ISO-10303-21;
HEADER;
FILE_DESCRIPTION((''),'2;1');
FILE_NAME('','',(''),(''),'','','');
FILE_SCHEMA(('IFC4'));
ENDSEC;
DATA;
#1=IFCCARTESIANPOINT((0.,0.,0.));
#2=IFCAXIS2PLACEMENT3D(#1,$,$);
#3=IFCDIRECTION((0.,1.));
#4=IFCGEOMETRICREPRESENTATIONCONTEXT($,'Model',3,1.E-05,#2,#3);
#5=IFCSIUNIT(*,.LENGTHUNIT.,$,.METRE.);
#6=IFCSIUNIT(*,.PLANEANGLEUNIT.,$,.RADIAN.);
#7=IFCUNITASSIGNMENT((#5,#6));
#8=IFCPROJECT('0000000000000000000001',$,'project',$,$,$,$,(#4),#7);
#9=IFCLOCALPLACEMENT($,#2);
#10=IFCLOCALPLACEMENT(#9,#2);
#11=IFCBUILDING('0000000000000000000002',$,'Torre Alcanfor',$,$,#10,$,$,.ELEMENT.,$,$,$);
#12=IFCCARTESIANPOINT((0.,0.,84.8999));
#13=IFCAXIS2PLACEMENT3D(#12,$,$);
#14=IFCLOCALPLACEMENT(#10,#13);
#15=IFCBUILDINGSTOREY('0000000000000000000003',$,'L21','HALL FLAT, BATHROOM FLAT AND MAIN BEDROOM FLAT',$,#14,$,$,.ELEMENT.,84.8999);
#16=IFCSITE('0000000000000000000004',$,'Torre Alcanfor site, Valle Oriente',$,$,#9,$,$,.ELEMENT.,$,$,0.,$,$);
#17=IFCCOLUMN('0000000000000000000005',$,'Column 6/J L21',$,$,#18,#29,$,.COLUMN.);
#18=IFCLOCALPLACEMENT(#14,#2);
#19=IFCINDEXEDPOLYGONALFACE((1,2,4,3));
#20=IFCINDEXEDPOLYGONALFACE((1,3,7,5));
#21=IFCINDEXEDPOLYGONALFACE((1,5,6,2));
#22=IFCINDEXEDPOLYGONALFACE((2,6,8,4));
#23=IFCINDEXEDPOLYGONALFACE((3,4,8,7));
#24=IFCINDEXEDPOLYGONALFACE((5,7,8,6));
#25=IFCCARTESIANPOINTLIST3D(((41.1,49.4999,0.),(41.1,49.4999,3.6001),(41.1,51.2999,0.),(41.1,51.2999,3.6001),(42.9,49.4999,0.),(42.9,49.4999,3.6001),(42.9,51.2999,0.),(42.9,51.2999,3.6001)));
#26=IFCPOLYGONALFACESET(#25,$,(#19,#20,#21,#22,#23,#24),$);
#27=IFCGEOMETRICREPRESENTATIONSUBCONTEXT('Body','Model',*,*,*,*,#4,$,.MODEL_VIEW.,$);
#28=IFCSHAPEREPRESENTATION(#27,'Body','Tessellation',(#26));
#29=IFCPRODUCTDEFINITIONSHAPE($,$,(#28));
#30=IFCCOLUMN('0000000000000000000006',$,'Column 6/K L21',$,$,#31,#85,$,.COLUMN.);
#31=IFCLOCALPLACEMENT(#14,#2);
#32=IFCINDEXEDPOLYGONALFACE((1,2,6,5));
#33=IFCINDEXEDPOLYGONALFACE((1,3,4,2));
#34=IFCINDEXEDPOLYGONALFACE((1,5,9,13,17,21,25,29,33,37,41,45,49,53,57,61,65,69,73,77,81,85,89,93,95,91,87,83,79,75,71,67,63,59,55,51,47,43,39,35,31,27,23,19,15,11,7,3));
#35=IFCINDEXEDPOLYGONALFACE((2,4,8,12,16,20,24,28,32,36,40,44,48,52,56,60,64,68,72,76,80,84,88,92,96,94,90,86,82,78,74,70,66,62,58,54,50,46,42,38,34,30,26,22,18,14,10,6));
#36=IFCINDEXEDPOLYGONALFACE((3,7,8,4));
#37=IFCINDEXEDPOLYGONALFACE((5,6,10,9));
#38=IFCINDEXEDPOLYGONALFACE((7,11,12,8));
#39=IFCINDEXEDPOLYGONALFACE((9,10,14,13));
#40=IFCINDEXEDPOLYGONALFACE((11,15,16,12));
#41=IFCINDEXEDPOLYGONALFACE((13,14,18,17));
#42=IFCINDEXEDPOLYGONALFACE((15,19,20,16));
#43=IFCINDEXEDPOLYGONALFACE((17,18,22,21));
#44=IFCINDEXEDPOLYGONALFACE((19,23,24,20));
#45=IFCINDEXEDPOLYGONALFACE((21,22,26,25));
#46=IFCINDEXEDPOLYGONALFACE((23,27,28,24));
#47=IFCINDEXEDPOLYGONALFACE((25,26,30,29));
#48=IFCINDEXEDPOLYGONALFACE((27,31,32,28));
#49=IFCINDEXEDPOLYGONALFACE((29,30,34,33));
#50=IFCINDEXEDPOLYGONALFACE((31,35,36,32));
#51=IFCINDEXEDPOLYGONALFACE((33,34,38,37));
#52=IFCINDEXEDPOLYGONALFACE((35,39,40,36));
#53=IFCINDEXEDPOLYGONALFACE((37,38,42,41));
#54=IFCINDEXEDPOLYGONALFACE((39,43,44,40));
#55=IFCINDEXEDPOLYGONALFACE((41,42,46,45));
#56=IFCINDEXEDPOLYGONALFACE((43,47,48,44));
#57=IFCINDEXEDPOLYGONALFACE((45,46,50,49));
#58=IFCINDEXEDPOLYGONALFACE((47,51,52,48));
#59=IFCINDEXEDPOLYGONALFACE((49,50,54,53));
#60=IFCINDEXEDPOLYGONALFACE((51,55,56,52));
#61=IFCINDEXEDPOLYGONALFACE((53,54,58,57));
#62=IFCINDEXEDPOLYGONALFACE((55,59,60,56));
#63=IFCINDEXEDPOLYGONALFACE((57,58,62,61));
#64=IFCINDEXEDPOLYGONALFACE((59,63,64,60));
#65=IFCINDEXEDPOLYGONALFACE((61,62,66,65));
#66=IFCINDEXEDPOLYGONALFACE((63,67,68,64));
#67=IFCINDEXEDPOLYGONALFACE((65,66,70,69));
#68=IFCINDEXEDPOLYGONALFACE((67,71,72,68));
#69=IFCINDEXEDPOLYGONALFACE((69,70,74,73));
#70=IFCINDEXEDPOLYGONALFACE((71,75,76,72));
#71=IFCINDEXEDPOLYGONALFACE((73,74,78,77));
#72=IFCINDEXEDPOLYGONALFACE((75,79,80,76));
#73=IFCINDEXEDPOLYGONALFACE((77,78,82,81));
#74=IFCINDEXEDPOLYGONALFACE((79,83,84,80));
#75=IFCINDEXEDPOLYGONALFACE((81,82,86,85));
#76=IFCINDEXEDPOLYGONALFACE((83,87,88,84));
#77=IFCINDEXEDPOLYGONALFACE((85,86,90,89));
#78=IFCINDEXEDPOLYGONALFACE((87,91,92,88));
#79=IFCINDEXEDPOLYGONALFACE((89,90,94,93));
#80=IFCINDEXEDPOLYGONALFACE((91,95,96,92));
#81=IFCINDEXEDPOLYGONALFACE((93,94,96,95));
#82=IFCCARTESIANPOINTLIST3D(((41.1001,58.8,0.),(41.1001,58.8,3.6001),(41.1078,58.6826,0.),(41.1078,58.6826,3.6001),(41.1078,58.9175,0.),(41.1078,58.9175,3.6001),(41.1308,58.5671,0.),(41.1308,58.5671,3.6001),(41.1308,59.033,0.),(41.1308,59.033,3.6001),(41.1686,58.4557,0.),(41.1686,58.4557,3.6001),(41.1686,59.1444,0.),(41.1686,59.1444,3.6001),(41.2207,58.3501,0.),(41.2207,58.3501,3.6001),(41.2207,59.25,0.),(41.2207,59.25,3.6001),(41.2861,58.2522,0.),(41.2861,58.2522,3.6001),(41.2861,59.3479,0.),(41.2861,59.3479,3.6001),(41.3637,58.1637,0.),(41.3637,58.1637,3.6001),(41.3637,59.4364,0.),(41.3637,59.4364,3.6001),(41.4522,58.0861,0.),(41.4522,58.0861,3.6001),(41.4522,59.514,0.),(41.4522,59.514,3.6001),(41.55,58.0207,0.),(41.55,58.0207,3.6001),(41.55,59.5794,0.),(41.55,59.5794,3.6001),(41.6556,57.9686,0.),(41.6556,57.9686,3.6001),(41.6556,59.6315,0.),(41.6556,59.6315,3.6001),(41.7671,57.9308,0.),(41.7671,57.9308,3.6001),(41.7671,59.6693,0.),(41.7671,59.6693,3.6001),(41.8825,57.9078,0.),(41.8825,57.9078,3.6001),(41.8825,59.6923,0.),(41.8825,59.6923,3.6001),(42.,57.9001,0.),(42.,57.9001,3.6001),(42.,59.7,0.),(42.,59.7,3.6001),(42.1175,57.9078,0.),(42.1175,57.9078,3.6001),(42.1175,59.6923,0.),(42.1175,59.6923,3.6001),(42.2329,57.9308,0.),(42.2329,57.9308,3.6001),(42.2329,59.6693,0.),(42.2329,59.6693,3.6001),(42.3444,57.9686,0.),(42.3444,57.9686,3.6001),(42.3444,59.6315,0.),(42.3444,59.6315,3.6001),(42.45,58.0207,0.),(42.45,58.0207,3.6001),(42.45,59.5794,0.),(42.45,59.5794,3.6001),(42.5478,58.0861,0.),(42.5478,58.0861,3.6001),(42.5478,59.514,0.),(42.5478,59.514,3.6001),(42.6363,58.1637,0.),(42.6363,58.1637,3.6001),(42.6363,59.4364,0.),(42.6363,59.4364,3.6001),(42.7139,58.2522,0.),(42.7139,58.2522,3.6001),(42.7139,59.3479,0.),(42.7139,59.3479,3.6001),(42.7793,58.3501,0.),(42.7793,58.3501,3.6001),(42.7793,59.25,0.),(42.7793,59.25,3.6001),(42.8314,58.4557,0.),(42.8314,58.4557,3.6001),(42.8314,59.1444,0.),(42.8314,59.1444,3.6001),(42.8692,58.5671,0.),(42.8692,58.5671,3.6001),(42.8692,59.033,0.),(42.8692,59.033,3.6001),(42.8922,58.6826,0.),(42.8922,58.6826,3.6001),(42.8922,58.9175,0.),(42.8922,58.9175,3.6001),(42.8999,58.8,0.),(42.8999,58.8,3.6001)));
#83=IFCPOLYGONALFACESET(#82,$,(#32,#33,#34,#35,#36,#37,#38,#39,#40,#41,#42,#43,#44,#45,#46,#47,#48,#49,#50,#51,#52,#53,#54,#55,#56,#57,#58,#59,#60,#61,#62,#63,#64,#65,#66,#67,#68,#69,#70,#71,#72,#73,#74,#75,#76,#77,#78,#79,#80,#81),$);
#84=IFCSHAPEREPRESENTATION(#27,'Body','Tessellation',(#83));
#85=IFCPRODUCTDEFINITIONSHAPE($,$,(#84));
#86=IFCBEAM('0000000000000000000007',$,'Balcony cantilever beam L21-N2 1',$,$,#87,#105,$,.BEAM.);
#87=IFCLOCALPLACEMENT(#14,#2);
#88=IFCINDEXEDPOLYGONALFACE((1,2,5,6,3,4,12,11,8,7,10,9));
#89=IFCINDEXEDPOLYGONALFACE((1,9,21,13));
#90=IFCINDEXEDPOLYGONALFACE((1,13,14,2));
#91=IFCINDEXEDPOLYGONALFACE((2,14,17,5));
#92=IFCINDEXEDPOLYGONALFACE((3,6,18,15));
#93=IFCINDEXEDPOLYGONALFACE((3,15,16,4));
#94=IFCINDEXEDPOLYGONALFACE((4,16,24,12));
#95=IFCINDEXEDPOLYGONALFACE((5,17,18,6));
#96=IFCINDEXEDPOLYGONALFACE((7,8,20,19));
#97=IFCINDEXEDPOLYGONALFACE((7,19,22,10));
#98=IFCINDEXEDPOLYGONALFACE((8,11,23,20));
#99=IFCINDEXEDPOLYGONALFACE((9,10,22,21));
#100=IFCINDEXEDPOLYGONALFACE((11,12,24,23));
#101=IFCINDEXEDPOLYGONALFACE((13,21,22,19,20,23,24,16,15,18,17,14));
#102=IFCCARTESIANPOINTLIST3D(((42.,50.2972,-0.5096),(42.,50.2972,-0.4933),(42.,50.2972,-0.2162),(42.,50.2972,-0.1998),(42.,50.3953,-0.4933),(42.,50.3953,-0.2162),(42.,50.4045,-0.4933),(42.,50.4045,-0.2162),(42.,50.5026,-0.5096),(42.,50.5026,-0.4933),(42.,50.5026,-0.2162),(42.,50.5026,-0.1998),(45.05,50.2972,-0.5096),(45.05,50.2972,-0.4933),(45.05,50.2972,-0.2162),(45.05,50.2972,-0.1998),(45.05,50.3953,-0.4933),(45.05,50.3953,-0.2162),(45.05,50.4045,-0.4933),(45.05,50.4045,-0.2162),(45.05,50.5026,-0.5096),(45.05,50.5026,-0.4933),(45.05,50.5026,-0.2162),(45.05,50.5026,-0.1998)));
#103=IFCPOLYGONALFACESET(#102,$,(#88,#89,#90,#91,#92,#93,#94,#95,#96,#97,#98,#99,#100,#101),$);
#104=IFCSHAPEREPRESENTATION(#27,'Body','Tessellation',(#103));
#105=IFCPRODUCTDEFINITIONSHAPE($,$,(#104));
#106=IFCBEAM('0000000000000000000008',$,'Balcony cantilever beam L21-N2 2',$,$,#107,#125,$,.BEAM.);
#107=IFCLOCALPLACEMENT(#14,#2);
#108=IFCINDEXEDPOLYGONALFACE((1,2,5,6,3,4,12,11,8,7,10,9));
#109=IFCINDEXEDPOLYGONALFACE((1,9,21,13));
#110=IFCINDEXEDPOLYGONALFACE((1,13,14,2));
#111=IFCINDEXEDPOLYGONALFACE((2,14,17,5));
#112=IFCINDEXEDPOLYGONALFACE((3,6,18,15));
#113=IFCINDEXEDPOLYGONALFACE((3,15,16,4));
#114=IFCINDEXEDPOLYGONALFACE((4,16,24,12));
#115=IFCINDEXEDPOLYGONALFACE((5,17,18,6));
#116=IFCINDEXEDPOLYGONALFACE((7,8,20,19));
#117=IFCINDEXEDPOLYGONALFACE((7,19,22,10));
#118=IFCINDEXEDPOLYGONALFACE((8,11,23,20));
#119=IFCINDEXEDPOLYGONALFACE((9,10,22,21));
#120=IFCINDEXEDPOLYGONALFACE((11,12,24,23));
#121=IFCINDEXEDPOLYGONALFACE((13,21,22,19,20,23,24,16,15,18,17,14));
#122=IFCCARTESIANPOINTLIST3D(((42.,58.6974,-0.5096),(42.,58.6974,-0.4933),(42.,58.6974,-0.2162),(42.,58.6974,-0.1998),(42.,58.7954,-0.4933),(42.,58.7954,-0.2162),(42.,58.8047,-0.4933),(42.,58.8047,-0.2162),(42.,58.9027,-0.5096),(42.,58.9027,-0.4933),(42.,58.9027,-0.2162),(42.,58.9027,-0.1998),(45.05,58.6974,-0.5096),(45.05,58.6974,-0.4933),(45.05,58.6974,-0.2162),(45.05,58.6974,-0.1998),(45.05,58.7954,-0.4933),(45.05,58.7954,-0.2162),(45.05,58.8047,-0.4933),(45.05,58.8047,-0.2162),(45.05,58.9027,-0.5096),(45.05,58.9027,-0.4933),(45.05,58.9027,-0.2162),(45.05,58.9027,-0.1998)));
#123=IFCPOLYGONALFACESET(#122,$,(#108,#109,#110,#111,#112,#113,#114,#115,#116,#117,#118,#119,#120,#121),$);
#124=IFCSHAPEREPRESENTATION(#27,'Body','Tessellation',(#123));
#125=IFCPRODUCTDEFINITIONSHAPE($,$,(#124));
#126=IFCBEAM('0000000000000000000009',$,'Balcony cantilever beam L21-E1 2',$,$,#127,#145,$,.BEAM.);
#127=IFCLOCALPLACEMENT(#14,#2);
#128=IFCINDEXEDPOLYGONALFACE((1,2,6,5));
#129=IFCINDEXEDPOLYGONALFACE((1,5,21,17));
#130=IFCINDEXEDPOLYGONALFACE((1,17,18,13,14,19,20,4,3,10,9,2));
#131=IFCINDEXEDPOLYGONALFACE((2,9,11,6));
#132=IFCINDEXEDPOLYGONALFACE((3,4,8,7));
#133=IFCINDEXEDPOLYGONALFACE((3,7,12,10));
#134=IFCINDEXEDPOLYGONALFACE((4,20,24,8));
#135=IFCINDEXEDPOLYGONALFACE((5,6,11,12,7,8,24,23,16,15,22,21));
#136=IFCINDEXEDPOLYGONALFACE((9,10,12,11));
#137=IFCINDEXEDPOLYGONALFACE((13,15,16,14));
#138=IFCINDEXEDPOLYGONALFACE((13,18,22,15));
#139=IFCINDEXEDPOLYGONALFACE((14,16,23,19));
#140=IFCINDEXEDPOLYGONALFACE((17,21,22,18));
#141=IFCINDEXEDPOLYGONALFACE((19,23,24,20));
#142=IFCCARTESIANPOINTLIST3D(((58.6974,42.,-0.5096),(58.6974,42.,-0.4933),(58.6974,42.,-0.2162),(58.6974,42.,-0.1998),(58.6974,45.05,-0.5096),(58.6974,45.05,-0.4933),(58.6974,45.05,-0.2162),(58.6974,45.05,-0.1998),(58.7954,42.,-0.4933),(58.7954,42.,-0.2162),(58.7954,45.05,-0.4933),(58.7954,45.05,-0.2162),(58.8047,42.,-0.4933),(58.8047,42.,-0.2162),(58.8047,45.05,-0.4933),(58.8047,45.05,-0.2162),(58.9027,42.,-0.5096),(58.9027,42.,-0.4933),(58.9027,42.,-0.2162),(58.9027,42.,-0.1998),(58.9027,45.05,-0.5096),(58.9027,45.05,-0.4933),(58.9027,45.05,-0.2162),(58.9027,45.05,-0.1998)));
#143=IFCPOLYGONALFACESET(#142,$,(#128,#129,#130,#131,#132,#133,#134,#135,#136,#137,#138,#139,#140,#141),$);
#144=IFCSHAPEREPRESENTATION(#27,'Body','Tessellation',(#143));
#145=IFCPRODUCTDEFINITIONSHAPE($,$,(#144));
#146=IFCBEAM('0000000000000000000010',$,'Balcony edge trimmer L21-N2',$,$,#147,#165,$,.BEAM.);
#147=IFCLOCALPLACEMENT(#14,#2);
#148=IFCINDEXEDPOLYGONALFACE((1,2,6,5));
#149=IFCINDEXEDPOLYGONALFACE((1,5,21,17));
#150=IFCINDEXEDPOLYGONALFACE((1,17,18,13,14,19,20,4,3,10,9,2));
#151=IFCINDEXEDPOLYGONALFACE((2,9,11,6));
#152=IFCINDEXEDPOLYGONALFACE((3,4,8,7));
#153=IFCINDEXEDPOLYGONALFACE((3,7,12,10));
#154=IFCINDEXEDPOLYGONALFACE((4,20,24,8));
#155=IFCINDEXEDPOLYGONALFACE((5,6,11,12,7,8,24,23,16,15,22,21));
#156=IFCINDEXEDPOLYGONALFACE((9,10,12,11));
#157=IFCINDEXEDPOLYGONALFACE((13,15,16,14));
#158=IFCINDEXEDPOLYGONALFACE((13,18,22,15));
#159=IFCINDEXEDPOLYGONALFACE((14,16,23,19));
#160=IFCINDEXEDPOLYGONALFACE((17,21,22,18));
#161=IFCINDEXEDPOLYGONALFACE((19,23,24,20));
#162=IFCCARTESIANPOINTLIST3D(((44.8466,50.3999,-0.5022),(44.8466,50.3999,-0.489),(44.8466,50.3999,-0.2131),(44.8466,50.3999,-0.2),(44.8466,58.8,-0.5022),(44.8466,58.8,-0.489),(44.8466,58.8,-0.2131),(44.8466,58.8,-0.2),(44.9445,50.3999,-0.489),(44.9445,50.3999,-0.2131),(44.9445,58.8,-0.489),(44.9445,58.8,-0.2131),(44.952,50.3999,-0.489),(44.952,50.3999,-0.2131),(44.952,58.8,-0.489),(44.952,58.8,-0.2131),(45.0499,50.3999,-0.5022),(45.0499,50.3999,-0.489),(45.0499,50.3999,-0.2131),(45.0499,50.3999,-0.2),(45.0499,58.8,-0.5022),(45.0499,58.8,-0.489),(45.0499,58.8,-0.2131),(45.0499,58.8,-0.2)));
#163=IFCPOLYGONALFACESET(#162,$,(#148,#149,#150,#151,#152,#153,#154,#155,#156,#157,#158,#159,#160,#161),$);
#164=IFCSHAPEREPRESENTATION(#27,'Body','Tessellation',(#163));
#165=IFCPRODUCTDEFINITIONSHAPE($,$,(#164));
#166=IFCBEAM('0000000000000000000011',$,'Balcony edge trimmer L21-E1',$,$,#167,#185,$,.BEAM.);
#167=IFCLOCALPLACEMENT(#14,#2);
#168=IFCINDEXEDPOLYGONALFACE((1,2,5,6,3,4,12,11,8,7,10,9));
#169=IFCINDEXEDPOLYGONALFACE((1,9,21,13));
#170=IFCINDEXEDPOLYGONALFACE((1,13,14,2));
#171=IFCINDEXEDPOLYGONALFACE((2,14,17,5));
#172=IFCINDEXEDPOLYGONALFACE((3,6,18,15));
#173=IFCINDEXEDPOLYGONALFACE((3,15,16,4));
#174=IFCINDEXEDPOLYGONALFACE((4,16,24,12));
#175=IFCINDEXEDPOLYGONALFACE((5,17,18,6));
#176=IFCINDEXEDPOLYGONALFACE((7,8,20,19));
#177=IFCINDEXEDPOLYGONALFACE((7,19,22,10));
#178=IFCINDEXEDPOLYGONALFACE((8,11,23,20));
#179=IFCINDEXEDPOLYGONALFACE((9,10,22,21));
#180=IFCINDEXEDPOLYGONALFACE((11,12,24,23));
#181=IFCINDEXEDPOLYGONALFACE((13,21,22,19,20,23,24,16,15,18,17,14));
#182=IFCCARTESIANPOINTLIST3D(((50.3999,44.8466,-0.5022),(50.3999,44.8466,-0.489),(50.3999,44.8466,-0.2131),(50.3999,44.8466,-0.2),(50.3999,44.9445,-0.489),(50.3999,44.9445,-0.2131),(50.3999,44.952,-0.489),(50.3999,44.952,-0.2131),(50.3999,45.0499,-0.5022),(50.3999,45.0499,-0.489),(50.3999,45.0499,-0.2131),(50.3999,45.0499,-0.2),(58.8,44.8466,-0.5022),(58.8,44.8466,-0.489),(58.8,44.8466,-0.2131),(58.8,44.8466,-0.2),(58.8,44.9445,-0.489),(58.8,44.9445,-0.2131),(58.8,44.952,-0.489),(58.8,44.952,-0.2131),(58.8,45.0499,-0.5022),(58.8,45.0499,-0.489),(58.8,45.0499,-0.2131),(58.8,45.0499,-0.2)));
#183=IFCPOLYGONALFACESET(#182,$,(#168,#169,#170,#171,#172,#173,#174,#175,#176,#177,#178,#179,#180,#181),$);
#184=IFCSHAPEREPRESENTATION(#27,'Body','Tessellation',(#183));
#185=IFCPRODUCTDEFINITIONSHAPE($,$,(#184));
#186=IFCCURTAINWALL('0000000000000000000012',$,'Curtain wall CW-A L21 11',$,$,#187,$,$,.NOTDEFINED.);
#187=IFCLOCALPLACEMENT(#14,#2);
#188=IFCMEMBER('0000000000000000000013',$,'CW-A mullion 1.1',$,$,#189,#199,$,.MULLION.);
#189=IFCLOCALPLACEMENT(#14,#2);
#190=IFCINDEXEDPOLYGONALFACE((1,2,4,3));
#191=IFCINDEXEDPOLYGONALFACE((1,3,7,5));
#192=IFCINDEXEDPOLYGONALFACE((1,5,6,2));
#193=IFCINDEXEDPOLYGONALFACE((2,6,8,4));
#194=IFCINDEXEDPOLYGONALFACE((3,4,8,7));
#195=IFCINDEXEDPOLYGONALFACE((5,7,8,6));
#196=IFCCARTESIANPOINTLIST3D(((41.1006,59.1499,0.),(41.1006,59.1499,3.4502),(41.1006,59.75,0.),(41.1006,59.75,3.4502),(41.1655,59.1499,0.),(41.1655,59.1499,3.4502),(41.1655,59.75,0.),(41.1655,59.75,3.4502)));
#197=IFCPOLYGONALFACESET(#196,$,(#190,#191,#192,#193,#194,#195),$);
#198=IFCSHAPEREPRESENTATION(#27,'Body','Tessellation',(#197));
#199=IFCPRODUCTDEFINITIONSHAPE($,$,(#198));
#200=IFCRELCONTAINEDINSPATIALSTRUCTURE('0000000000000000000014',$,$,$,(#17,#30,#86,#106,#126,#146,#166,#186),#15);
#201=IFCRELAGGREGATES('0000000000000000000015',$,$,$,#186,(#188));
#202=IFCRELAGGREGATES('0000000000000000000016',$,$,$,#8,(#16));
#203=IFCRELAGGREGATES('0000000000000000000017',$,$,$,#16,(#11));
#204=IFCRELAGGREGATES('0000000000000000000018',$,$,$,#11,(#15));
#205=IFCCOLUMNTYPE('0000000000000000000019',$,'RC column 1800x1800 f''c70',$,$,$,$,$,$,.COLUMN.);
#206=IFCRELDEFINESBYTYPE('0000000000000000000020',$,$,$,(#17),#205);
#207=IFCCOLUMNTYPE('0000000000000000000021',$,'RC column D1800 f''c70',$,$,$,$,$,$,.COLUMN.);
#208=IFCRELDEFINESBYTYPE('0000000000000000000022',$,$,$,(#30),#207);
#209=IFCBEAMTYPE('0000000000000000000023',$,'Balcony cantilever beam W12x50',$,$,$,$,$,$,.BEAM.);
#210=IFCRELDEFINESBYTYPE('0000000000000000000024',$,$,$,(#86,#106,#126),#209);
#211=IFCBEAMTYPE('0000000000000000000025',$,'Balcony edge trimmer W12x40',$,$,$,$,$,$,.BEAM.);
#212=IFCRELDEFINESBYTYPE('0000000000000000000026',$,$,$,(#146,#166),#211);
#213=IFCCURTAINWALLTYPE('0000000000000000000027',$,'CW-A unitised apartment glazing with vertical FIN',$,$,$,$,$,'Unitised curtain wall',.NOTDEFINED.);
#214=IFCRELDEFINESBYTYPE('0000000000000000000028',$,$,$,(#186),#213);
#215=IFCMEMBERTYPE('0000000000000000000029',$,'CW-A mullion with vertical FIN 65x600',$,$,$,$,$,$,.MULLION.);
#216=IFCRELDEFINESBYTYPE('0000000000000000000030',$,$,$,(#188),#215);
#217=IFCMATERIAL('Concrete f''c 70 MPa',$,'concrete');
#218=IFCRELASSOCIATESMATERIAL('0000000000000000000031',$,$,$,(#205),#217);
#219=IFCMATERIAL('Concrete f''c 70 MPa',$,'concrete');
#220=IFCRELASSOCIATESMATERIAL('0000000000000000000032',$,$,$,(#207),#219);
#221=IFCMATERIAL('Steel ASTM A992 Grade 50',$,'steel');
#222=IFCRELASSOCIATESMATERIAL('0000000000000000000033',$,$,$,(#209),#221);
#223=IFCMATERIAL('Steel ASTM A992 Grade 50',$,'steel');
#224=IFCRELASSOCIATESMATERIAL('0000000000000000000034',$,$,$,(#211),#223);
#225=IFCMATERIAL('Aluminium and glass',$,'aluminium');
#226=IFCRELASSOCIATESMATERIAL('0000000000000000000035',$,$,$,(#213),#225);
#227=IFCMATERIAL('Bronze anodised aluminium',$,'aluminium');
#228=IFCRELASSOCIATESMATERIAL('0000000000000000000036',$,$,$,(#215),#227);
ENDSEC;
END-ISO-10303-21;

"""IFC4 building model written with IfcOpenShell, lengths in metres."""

from ifc_helpers import new_model, si_unit, direction, frame, origin, origin_2d, place, context, subcontext, project, spatial, rectangle, circle, i_section, extrude, material, material_profile, profile_set, type_object, element, aggregate, save


model = new_model("IFC4")

# Units and contexts
model_context = context("Model", 3, precision=1e-05, world=origin(), true_north=direction((0.0, 1.0)))
body_context = subcontext(model_context, "Body", "Model", "MODEL_VIEW")
ifc_project = project(units=[si_unit("LENGTHUNIT", "METRE"), si_unit("PLANEANGLEUNIT", "RADIAN")], contexts=[model_context])

# Site, building, storey
site_placement = place(None, origin())
site = spatial("IfcSite", under=ifc_project, at=site_placement, Name="Torre Alcanfor site, Valle Oriente", CompositionType="ELEMENT", RefElevation=0.0)
building_placement = place(site_placement, origin())
building = spatial("IfcBuilding", under=site, at=building_placement, Name="Torre Alcanfor", CompositionType="ELEMENT")
storey_placement = place(building_placement, frame((0.0, 0.0, 84.8999)))
storey = spatial("IfcBuildingStorey", under=building, at=storey_placement, Name="L21", Description="HALL FLAT, BATHROOM FLAT AND MAIN BEDROOM FLAT", CompositionType="ELEMENT", Elevation=84.8999)

# Columns
ifc_material_1 = material(Name="Concrete f'c 70 MPa", Category="concrete")
ifc_material_profile_1 = material_profile(ifc_material_1, rectangle(XDim=1.8, YDim=1.8, at=origin_2d()), Name="1800x1800")
ifc_profile_set_1 = profile_set([ifc_material_profile_1], Name="Concrete f'c 70 MPa")
column_type_1 = type_object("IfcColumnType", Name="RC column 1800x1800 f'c70", PredefinedType="COLUMN", material=ifc_profile_set_1)
column_1_placement = place(storey_placement, frame((42.0, 50.3999, 0.0), z_axis=(0.0, 0.0, 1.0), x_axis=(1.0, 0.0, 0.0)))
element("IfcColumn", 1, at=column_1_placement, inside=storey, type_object=column_type_1, Name="Column 6/J L21", PredefinedType="COLUMN", context=body_context, shape_type="SweptSolid", body=[
    extrude(rectangle(XDim=1.8, YDim=1.8, at=origin_2d()), origin(), (0.0, 0.0, 1.0), 3.6001),
])
ifc_material_2 = material(Name="Concrete f'c 70 MPa", Category="concrete")
ifc_material_profile_2 = material_profile(ifc_material_2, circle(Radius=0.8999, at=origin_2d()), Name="D1800")
ifc_profile_set_2 = profile_set([ifc_material_profile_2], Name="Concrete f'c 70 MPa")
column_type_2 = type_object("IfcColumnType", Name="RC column D1800 f'c70", PredefinedType="COLUMN", material=ifc_profile_set_2)
column_2_placement = place(storey_placement, frame((42.0, 58.8, 0.0), z_axis=(0.0, 0.0, 1.0), x_axis=(1.0, 0.0, 0.0)))
element("IfcColumn", 2, at=column_2_placement, inside=storey, type_object=column_type_2, Name="Column 6/K L21", PredefinedType="COLUMN", context=body_context, shape_type="SweptSolid", body=[
    extrude(circle(Radius=0.8999, at=origin_2d()), origin(), (0.0, 0.0, 1.0), 3.6001),
])

# Beams
ifc_material_3 = material(Name="Steel ASTM A992 Grade 50", Category="steel")
ifc_material_profile_3 = material_profile(ifc_material_3, i_section(OverallWidth=0.2053, OverallDepth=0.3098, WebThickness=0.0093, FlangeThickness=0.0164, at=origin_2d()), Name="W12x50")
ifc_profile_set_3 = profile_set([ifc_material_profile_3], Name="Steel ASTM A992 Grade 50")
beam_type_1 = type_object("IfcBeamType", Name="Balcony cantilever beam W12x50", PredefinedType="BEAM", material=ifc_profile_set_3)
for number, where, z_axis, x_axis, name in (
    (3, (42.0, 50.3999, -0.3547), (1.0, 0.0, 0.0), (0.0, 1.0, 0.0), "Balcony cantilever beam L21-N2 1"),
    (4, (42.0, 58.8, -0.3547), (1.0, 0.0, 0.0), (0.0, 1.0, 0.0), "Balcony cantilever beam L21-N2 2"),
    (5, (58.8, 42.0, -0.3547), (0.0, 1.0, 0.0), (-1.0, 0.0, 0.0), "Balcony cantilever beam L21-E1 2"),
):
    element("IfcBeam", number, at=place(storey_placement, frame(where, z_axis=z_axis, x_axis=x_axis)), inside=storey, type_object=beam_type_1, Name=name, PredefinedType="BEAM", context=body_context, shape_type="SweptSolid", body=[
        extrude(i_section(OverallWidth=0.2053, OverallDepth=0.3098, WebThickness=0.0093, FlangeThickness=0.0164, at=origin_2d()), origin(), (0.0, 0.0, 1.0), 3.05),
    ])
ifc_material_4 = material(Name="Steel ASTM A992 Grade 50", Category="steel")
ifc_material_profile_4 = material_profile(ifc_material_4, i_section(OverallWidth=0.2034, OverallDepth=0.3022, WebThickness=0.0076, FlangeThickness=0.0132, at=origin_2d()), Name="W12x40")
ifc_profile_set_4 = profile_set([ifc_material_profile_4], Name="Steel ASTM A992 Grade 50")
beam_type_2 = type_object("IfcBeamType", Name="Balcony edge trimmer W12x40", PredefinedType="BEAM", material=ifc_profile_set_4)
for number, where, z_axis, x_axis, name in (
    (6, (44.9482, 50.3999, -0.3511), (0.0, 1.0, 0.0), (-1.0, 0.0, 0.0), "Balcony edge trimmer L21-N2"),
    (7, (50.3999, 44.9482, -0.3511), (1.0, 0.0, 0.0), (0.0, 1.0, 0.0), "Balcony edge trimmer L21-E1"),
):
    element("IfcBeam", number, at=place(storey_placement, frame(where, z_axis=z_axis, x_axis=x_axis)), inside=storey, type_object=beam_type_2, Name=name, PredefinedType="BEAM", context=body_context, shape_type="SweptSolid", body=[
        extrude(i_section(OverallWidth=0.2034, OverallDepth=0.3022, WebThickness=0.0076, FlangeThickness=0.0132, at=origin_2d()), origin(), (0.0, 0.0, 1.0), 8.4001),
    ])

# Curtain wall, member
ifc_material_5 = material(Name="Aluminium and glass", Category="aluminium")
curtain_wall_type = type_object("IfcCurtainWallType", Name="CW-A unitised apartment glazing with vertical FIN", ElementType="Unitised curtain wall", PredefinedType="NOTDEFINED", material=ifc_material_5)
curtain_wall_placement = place(storey_placement, origin())
curtain_wall = element("IfcCurtainWall", 8, at=curtain_wall_placement, inside=storey, type_object=curtain_wall_type, Name="Curtain wall CW-A L21 11", PredefinedType="NOTDEFINED")
ifc_material_6 = material(Name="Bronze anodised aluminium", Category="aluminium")
ifc_material_profile_5 = material_profile(ifc_material_6, rectangle(XDim=0.6001, YDim=0.0649, at=origin_2d()), Name="CW-A mullion 65x600")
ifc_profile_set_5 = profile_set([ifc_material_profile_5], Name="Bronze anodised aluminium")
member_type = type_object("IfcMemberType", Name="CW-A mullion with vertical FIN 65x600", PredefinedType="MULLION", material=ifc_profile_set_5)
member_placement = place(storey_placement, frame((41.1331, 59.45, 0.0), z_axis=(0.0, 0.0, 1.0), x_axis=(0.0, -1.0, 0.0)))
member = element("IfcMember", 9, at=member_placement, type_object=member_type, Name="CW-A mullion 1.1", PredefinedType="MULLION", context=body_context, shape_type="SweptSolid", body=[
    extrude(rectangle(XDim=0.6001, YDim=0.0649, at=origin_2d()), origin(), (0.0, 0.0, 1.0), 3.4502),
])
aggregate(curtain_wall, [member])

save(model, "model.ifc")
